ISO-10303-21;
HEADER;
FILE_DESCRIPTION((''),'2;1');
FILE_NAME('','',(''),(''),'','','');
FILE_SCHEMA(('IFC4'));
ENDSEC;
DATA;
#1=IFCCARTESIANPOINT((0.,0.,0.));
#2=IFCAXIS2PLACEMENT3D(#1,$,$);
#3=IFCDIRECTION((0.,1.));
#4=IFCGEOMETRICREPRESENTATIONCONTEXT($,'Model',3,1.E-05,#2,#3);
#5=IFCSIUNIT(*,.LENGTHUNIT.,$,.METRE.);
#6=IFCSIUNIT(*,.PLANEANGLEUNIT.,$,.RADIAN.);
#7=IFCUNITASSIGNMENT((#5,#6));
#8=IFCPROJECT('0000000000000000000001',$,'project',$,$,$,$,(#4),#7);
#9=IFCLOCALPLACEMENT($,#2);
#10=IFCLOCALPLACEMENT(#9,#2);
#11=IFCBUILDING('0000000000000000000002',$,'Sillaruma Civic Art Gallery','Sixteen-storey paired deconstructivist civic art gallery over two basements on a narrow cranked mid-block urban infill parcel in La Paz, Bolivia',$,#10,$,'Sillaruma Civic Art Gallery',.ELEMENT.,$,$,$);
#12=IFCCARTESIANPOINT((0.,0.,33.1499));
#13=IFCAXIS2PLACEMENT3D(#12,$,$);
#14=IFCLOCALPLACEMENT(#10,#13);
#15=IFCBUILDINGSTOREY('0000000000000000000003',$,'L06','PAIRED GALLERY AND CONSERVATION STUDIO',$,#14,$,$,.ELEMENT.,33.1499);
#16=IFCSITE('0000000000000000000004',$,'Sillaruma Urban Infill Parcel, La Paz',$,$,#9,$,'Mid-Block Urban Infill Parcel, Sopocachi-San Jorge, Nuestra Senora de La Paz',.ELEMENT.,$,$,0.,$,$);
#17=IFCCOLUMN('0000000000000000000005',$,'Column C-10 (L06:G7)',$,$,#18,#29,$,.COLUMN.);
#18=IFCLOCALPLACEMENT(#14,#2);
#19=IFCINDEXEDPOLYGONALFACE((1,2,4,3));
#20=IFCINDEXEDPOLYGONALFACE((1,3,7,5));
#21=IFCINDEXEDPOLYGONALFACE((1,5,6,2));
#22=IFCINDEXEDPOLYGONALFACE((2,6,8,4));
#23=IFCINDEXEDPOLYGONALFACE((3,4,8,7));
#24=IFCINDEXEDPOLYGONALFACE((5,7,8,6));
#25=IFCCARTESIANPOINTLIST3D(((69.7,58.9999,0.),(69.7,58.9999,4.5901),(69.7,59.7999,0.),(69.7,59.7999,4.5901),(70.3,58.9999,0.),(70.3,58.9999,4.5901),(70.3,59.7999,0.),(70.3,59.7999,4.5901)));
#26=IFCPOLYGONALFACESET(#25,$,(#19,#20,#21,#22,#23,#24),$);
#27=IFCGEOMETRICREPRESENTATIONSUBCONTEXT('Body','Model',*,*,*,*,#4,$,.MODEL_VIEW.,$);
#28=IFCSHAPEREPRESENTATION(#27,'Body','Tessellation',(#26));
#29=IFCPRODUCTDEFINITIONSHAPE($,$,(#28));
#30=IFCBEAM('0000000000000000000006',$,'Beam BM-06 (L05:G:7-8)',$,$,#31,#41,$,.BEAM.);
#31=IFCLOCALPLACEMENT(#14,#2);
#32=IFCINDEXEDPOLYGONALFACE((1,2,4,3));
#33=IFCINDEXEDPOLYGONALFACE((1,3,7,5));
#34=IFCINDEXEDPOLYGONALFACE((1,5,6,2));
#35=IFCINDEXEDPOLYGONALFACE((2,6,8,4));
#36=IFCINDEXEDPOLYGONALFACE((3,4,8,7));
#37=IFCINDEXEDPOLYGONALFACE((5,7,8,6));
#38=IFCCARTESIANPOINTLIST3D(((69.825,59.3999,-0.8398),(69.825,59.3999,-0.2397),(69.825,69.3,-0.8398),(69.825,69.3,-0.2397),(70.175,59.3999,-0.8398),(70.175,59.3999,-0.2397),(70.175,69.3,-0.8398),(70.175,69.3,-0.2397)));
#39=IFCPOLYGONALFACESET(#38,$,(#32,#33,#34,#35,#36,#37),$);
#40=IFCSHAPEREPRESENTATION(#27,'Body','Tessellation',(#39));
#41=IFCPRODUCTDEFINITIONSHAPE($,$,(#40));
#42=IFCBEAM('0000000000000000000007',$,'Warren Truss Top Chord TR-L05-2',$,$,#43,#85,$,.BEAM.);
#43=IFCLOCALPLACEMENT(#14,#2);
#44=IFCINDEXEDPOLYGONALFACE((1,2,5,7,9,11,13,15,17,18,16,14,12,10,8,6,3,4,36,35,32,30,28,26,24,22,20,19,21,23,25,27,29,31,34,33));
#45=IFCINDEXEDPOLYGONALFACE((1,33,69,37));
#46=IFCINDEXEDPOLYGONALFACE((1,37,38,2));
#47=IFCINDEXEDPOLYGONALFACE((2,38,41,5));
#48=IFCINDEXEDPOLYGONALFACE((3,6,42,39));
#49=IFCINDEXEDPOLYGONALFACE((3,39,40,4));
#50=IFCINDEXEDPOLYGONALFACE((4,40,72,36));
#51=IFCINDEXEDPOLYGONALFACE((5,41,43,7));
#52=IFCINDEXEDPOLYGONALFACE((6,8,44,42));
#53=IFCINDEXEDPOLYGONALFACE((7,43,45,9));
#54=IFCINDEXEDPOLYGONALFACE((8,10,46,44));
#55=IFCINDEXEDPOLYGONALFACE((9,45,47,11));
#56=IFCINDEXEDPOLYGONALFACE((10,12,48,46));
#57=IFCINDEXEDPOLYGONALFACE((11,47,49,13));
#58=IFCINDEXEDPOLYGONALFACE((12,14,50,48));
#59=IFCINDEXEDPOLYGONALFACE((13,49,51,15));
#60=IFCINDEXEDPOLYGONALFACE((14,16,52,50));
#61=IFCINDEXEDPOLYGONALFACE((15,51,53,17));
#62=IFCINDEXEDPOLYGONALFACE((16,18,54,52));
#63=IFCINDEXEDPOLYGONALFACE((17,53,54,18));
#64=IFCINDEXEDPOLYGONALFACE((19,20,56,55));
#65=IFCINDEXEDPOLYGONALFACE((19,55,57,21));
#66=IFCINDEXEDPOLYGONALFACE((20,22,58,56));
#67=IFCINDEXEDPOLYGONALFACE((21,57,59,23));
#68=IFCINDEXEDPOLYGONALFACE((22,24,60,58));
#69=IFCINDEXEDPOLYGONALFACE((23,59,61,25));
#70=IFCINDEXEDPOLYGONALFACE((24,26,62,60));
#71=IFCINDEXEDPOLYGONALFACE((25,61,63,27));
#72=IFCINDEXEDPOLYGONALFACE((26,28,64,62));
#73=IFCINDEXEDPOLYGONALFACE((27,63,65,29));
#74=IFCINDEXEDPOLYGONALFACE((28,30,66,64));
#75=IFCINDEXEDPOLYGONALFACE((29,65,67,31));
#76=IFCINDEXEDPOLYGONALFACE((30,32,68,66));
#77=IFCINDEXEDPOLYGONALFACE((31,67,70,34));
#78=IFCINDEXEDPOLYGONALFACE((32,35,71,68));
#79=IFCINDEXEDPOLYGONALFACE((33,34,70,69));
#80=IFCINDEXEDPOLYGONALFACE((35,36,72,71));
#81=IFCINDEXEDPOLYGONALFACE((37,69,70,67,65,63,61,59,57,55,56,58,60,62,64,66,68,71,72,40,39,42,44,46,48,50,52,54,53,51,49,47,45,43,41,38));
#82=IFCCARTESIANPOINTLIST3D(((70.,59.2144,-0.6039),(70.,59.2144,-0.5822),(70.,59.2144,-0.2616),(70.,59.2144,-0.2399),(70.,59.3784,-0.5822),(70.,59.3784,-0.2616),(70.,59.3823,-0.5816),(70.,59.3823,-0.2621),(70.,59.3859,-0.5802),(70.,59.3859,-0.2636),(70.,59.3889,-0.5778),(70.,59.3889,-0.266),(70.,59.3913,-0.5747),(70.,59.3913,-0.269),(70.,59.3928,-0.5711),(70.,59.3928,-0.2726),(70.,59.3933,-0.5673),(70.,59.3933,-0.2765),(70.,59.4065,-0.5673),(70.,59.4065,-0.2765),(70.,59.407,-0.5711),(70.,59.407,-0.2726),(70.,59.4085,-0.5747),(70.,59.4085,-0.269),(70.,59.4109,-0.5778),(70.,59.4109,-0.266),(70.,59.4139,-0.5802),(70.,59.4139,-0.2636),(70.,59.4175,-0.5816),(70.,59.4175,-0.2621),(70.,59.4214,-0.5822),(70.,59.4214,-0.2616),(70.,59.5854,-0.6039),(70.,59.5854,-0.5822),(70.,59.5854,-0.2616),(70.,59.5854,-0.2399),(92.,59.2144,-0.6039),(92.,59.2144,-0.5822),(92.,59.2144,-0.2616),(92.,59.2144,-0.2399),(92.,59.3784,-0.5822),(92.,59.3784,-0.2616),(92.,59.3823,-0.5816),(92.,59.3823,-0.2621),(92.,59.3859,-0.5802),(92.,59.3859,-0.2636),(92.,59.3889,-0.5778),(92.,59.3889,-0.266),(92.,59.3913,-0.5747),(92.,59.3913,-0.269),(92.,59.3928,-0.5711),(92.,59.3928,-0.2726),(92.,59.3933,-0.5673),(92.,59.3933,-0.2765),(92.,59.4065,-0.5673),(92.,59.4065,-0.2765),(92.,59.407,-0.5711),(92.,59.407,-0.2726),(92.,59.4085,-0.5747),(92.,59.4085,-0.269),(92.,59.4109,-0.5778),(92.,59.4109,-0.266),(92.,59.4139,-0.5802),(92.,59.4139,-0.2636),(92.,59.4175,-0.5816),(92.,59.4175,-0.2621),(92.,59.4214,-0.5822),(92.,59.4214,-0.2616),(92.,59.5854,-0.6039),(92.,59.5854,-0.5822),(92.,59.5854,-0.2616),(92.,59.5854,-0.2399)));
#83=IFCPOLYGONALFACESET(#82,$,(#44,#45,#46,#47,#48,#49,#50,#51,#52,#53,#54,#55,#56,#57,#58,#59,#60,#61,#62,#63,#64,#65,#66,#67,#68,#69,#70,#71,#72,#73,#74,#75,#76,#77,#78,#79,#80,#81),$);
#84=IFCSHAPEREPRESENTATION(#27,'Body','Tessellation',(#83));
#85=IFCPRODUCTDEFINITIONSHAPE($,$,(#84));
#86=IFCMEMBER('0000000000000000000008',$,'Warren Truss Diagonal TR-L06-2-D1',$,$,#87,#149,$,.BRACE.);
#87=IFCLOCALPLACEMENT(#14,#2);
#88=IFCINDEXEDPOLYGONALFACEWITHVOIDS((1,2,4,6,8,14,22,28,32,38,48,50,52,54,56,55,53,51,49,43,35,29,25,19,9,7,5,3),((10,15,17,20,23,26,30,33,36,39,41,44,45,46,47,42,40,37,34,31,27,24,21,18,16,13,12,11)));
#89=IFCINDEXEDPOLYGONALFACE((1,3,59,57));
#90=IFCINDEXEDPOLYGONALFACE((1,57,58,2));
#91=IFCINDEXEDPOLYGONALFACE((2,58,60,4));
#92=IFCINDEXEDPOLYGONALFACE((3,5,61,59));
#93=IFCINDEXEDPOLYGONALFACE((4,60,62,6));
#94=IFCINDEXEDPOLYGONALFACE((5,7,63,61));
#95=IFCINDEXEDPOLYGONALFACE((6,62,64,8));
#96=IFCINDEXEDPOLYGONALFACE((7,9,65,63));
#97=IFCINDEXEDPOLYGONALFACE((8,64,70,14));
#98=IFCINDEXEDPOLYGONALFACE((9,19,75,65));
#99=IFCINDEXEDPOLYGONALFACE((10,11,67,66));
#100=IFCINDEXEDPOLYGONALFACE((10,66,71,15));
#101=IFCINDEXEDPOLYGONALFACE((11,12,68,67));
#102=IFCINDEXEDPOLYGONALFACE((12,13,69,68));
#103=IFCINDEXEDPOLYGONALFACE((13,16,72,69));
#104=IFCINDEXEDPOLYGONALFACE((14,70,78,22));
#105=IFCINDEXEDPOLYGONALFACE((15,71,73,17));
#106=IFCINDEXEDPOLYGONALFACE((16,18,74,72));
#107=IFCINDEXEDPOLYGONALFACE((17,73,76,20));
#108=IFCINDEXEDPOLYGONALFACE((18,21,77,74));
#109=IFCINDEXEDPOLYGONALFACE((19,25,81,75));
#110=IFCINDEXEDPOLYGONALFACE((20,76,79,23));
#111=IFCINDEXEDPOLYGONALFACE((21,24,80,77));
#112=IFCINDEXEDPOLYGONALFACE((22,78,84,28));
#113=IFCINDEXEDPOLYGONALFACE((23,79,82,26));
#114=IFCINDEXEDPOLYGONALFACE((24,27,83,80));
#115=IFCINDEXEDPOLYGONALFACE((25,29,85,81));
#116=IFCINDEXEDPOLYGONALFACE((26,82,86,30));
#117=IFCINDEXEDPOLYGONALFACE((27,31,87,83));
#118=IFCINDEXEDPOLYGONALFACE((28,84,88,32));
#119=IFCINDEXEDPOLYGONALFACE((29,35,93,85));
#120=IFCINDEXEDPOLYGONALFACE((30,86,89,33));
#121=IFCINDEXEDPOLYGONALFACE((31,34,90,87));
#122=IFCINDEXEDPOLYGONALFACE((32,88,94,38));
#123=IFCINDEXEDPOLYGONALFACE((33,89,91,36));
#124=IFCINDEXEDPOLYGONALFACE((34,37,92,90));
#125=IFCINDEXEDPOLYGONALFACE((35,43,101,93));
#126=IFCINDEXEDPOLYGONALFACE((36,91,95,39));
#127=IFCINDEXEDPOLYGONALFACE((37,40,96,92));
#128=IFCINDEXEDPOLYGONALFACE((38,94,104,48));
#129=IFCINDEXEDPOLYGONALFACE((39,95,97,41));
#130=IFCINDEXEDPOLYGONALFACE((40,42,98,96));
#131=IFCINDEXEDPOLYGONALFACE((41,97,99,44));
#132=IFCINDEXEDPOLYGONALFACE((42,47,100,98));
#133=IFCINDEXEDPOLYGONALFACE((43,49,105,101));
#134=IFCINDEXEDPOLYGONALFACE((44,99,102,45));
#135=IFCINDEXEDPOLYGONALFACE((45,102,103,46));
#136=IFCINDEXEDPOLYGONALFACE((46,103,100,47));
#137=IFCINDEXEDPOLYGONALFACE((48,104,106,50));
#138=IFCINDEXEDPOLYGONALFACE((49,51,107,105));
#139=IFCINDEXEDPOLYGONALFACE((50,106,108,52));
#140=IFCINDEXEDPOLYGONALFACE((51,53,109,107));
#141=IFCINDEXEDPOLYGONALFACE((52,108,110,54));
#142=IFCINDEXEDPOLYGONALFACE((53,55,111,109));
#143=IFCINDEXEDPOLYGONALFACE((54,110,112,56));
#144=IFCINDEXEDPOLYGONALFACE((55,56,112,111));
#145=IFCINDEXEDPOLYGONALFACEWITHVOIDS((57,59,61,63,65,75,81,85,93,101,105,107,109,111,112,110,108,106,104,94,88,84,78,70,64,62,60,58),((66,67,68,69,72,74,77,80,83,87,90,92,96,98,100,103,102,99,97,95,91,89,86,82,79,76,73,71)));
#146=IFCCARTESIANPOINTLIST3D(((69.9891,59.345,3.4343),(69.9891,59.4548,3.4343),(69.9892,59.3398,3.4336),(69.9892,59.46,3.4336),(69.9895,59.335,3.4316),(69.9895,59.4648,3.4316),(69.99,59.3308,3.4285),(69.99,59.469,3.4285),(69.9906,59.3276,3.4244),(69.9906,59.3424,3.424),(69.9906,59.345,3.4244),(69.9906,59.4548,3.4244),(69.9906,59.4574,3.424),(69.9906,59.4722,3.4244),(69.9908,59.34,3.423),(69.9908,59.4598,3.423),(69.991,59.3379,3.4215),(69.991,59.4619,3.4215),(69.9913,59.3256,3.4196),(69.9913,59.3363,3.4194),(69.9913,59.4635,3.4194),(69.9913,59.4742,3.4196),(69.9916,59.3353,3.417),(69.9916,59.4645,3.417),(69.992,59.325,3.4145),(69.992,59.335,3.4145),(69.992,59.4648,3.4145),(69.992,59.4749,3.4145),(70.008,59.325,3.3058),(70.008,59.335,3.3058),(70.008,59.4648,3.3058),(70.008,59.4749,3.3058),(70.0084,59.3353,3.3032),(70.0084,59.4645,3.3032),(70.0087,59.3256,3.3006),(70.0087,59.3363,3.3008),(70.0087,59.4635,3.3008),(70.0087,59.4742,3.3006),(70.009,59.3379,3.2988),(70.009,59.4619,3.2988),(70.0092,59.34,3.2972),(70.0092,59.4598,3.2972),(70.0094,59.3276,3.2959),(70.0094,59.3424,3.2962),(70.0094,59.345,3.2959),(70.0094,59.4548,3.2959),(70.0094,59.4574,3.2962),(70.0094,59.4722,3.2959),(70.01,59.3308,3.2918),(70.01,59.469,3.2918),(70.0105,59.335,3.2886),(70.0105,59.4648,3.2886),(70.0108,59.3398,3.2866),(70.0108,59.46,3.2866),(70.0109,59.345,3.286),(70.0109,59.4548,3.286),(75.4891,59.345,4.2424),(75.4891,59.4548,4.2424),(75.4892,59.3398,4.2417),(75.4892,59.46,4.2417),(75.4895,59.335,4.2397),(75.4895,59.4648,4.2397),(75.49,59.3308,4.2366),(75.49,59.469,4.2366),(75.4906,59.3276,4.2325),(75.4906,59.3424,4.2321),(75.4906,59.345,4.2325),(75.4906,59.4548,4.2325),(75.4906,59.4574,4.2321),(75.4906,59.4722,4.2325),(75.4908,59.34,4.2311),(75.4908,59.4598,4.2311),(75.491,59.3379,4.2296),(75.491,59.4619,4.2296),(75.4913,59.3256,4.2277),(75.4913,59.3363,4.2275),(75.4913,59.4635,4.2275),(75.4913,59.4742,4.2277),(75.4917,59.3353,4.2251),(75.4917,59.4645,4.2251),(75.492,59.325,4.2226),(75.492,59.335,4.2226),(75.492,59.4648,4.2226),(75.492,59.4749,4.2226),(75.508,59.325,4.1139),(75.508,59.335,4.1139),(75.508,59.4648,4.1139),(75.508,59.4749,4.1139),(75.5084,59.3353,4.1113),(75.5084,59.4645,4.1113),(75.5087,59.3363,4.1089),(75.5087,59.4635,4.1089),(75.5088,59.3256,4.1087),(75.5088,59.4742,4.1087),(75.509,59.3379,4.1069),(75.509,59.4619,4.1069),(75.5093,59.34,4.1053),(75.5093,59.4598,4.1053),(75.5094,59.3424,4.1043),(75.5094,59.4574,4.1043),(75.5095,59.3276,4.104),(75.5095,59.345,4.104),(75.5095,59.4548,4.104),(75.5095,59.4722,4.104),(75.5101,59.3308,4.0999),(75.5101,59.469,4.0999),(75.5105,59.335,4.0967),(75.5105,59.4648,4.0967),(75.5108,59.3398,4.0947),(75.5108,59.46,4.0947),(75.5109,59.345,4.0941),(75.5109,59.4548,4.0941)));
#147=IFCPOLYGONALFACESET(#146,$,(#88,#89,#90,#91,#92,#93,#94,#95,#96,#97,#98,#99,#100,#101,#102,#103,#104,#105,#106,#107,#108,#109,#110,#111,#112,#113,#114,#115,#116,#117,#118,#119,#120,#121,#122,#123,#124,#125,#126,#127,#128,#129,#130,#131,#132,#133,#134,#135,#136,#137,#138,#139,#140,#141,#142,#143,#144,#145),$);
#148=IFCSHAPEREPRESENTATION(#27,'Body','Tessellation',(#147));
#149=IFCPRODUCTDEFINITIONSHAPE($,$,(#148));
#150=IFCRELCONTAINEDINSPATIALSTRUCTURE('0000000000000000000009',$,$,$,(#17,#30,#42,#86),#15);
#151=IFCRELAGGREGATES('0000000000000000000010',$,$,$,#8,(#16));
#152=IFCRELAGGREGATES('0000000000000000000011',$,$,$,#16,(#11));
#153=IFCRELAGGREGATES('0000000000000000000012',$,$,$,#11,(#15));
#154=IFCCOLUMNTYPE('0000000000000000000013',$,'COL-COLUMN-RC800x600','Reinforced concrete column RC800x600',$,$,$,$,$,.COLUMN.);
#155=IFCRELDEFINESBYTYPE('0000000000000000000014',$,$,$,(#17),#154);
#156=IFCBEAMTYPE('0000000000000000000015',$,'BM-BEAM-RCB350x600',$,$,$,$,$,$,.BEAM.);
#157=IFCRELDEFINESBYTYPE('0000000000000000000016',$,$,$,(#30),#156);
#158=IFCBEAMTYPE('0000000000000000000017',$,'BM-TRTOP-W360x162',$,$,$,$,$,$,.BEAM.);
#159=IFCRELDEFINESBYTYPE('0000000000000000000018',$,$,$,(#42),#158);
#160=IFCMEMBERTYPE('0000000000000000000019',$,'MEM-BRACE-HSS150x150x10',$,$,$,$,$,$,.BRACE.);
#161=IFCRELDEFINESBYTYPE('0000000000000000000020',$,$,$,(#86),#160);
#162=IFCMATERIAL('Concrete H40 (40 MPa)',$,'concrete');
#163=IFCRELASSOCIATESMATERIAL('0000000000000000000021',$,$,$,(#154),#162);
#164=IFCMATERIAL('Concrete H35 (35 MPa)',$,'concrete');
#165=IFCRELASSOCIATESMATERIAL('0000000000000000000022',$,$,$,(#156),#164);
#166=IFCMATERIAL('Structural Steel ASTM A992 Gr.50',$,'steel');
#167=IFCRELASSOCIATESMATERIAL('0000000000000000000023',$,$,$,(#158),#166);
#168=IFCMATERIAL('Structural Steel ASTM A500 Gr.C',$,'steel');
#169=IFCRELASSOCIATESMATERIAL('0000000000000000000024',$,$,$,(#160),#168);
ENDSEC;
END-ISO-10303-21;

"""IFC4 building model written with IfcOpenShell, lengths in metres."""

from ifc_helpers import new_model, si_unit, direction, frame, origin, origin_2d, place, context, subcontext, project, spatial, rectangle, hollow_rectangle, i_section, extrude, material, material_profile, profile_set, type_object, element, save


model = new_model("IFC4")

# Units and contexts
model_context = context("Model", 3, precision=1e-05, world=origin(), true_north=direction((0.0, 1.0)))
body_context = subcontext(model_context, "Body", "Model", "MODEL_VIEW")
ifc_project = project(units=[si_unit("LENGTHUNIT", "METRE"), si_unit("PLANEANGLEUNIT", "RADIAN")], contexts=[model_context])

# Site, building, storey
site_placement = place(None, origin())
site = spatial("IfcSite", under=ifc_project, at=site_placement, Name="Sillaruma Urban Infill Parcel, La Paz", LongName="Mid-Block Urban Infill Parcel, Sopocachi-San Jorge, Nuestra Senora de La Paz", CompositionType="ELEMENT", RefElevation=0.0)
building_placement = place(site_placement, origin())
building = spatial("IfcBuilding", under=site, at=building_placement, Name="Sillaruma Civic Art Gallery", Description="Sixteen-storey paired deconstructivist civic art gallery over two basements on a narrow cranked mid-block urban infill parcel in La Paz, Bolivia", LongName="Sillaruma Civic Art Gallery", CompositionType="ELEMENT")
storey_placement = place(building_placement, frame((0.0, 0.0, 33.1499)))
storey = spatial("IfcBuildingStorey", under=building, at=storey_placement, Name="L06", Description="PAIRED GALLERY AND CONSERVATION STUDIO", CompositionType="ELEMENT", Elevation=33.1499)

# Column
ifc_material_1 = material(Name="Concrete H40 (40 MPa)", Category="concrete")
ifc_material_profile_1 = material_profile(ifc_material_1, rectangle(XDim=0.6001, YDim=0.8, at=origin_2d()), Name="RC800x600")
ifc_profile_set_1 = profile_set([ifc_material_profile_1], Name="Concrete H40 (40 MPa)")
column_type = type_object("IfcColumnType", Name="COL-COLUMN-RC800x600", Description="Reinforced concrete column RC800x600", PredefinedType="COLUMN", material=ifc_profile_set_1)
column_placement = place(storey_placement, frame((70.0, 59.3999, 0.0), z_axis=(0.0, 0.0, 1.0), x_axis=(1.0, 0.0, 0.0)))
element("IfcColumn", 1, at=column_placement, inside=storey, type_object=column_type, Name="Column C-10 (L06:G7)", PredefinedType="COLUMN", context=body_context, shape_type="SweptSolid", body=[
    extrude(rectangle(XDim=0.6001, YDim=0.8, at=origin_2d()), origin(), (0.0, 0.0, 1.0), 4.5901),
])

# Beams
ifc_material_2 = material(Name="Concrete H35 (35 MPa)", Category="concrete")
ifc_material_profile_2 = material_profile(ifc_material_2, rectangle(XDim=0.3501, YDim=0.6001, at=origin_2d()), Name="RCB350x600")
ifc_profile_set_2 = profile_set([ifc_material_profile_2], Name="Concrete H35 (35 MPa)")
beam_type_1 = type_object("IfcBeamType", Name="BM-BEAM-RCB350x600", PredefinedType="BEAM", material=ifc_profile_set_2)
beam_1_placement = place(storey_placement, frame((70.0, 59.3999, -0.5398), z_axis=(0.0, 1.0, 0.0), x_axis=(-1.0, 0.0, 0.0)))
element("IfcBeam", 2, at=beam_1_placement, inside=storey, type_object=beam_type_1, Name="Beam BM-06 (L05:G:7-8)", PredefinedType="BEAM", context=body_context, shape_type="SweptSolid", body=[
    extrude(rectangle(XDim=0.3501, YDim=0.6001, at=origin_2d()), origin(), (0.0, 0.0, 1.0), 9.9001),
])
ifc_material_3 = material(Name="Structural Steel ASTM A992 Gr.50", Category="steel")
ifc_material_profile_3 = material_profile(ifc_material_3, i_section(OverallWidth=0.3711, OverallDepth=0.364, WebThickness=0.0132, FlangeThickness=0.0217, FilletRadius=0.0149, at=origin_2d()), Name="W360x162")
ifc_profile_set_3 = profile_set([ifc_material_profile_3], Name="Structural Steel ASTM A992 Gr.50")
beam_type_2 = type_object("IfcBeamType", Name="BM-TRTOP-W360x162", PredefinedType="BEAM", material=ifc_profile_set_3)
beam_2_placement = place(storey_placement, frame((70.0, 59.3999, -0.4219), z_axis=(1.0, 0.0, 0.0), x_axis=(0.0, 1.0, 0.0)))
element("IfcBeam", 3, at=beam_2_placement, inside=storey, type_object=beam_type_2, Name="Warren Truss Top Chord TR-L05-2", PredefinedType="BEAM", context=body_context, shape_type="SweptSolid", body=[
    extrude(i_section(OverallWidth=0.3711, OverallDepth=0.364, WebThickness=0.0132, FlangeThickness=0.0217, FilletRadius=0.0149, at=origin_2d()), origin(), (0.0, 0.0, 1.0), 22.0),
])

# Member
ifc_material_4 = material(Name="Structural Steel ASTM A500 Gr.C", Category="steel")
ifc_material_profile_4 = material_profile(ifc_material_4, hollow_rectangle(XDim=0.1499, YDim=0.1499, WallThickness=0.01, InnerFilletRadius=0.01, OuterFilletRadius=0.02, at=origin_2d()), Name="HSS150x150x10")
ifc_profile_set_4 = profile_set([ifc_material_profile_4], Name="Structural Steel ASTM A500 Gr.C")
member_type_1 = type_object("IfcMemberType", Name="MEM-BRACE-HSS150x150x10", PredefinedType="BRACE", material=ifc_profile_set_4)
member_1_placement = place(storey_placement, frame((70.0, 59.3999, 3.3601), z_axis=(0.989378, 0.0, 0.145368), x_axis=(0.0, 1.0, 0.0)))
element("IfcMember", 4, at=member_1_placement, inside=storey, type_object=member_type_1, Name="Warren Truss Diagonal TR-L06-2-D1", PredefinedType="BRACE", context=body_context, shape_type="SweptSolid", body=[
    extrude(hollow_rectangle(XDim=0.1499, YDim=0.1499, WallThickness=0.01, InnerFilletRadius=0.01, OuterFilletRadius=0.02, at=origin_2d()), origin(), (0.0, 0.0, 1.0), 5.5591),
])

save(model, "model.ifc")
